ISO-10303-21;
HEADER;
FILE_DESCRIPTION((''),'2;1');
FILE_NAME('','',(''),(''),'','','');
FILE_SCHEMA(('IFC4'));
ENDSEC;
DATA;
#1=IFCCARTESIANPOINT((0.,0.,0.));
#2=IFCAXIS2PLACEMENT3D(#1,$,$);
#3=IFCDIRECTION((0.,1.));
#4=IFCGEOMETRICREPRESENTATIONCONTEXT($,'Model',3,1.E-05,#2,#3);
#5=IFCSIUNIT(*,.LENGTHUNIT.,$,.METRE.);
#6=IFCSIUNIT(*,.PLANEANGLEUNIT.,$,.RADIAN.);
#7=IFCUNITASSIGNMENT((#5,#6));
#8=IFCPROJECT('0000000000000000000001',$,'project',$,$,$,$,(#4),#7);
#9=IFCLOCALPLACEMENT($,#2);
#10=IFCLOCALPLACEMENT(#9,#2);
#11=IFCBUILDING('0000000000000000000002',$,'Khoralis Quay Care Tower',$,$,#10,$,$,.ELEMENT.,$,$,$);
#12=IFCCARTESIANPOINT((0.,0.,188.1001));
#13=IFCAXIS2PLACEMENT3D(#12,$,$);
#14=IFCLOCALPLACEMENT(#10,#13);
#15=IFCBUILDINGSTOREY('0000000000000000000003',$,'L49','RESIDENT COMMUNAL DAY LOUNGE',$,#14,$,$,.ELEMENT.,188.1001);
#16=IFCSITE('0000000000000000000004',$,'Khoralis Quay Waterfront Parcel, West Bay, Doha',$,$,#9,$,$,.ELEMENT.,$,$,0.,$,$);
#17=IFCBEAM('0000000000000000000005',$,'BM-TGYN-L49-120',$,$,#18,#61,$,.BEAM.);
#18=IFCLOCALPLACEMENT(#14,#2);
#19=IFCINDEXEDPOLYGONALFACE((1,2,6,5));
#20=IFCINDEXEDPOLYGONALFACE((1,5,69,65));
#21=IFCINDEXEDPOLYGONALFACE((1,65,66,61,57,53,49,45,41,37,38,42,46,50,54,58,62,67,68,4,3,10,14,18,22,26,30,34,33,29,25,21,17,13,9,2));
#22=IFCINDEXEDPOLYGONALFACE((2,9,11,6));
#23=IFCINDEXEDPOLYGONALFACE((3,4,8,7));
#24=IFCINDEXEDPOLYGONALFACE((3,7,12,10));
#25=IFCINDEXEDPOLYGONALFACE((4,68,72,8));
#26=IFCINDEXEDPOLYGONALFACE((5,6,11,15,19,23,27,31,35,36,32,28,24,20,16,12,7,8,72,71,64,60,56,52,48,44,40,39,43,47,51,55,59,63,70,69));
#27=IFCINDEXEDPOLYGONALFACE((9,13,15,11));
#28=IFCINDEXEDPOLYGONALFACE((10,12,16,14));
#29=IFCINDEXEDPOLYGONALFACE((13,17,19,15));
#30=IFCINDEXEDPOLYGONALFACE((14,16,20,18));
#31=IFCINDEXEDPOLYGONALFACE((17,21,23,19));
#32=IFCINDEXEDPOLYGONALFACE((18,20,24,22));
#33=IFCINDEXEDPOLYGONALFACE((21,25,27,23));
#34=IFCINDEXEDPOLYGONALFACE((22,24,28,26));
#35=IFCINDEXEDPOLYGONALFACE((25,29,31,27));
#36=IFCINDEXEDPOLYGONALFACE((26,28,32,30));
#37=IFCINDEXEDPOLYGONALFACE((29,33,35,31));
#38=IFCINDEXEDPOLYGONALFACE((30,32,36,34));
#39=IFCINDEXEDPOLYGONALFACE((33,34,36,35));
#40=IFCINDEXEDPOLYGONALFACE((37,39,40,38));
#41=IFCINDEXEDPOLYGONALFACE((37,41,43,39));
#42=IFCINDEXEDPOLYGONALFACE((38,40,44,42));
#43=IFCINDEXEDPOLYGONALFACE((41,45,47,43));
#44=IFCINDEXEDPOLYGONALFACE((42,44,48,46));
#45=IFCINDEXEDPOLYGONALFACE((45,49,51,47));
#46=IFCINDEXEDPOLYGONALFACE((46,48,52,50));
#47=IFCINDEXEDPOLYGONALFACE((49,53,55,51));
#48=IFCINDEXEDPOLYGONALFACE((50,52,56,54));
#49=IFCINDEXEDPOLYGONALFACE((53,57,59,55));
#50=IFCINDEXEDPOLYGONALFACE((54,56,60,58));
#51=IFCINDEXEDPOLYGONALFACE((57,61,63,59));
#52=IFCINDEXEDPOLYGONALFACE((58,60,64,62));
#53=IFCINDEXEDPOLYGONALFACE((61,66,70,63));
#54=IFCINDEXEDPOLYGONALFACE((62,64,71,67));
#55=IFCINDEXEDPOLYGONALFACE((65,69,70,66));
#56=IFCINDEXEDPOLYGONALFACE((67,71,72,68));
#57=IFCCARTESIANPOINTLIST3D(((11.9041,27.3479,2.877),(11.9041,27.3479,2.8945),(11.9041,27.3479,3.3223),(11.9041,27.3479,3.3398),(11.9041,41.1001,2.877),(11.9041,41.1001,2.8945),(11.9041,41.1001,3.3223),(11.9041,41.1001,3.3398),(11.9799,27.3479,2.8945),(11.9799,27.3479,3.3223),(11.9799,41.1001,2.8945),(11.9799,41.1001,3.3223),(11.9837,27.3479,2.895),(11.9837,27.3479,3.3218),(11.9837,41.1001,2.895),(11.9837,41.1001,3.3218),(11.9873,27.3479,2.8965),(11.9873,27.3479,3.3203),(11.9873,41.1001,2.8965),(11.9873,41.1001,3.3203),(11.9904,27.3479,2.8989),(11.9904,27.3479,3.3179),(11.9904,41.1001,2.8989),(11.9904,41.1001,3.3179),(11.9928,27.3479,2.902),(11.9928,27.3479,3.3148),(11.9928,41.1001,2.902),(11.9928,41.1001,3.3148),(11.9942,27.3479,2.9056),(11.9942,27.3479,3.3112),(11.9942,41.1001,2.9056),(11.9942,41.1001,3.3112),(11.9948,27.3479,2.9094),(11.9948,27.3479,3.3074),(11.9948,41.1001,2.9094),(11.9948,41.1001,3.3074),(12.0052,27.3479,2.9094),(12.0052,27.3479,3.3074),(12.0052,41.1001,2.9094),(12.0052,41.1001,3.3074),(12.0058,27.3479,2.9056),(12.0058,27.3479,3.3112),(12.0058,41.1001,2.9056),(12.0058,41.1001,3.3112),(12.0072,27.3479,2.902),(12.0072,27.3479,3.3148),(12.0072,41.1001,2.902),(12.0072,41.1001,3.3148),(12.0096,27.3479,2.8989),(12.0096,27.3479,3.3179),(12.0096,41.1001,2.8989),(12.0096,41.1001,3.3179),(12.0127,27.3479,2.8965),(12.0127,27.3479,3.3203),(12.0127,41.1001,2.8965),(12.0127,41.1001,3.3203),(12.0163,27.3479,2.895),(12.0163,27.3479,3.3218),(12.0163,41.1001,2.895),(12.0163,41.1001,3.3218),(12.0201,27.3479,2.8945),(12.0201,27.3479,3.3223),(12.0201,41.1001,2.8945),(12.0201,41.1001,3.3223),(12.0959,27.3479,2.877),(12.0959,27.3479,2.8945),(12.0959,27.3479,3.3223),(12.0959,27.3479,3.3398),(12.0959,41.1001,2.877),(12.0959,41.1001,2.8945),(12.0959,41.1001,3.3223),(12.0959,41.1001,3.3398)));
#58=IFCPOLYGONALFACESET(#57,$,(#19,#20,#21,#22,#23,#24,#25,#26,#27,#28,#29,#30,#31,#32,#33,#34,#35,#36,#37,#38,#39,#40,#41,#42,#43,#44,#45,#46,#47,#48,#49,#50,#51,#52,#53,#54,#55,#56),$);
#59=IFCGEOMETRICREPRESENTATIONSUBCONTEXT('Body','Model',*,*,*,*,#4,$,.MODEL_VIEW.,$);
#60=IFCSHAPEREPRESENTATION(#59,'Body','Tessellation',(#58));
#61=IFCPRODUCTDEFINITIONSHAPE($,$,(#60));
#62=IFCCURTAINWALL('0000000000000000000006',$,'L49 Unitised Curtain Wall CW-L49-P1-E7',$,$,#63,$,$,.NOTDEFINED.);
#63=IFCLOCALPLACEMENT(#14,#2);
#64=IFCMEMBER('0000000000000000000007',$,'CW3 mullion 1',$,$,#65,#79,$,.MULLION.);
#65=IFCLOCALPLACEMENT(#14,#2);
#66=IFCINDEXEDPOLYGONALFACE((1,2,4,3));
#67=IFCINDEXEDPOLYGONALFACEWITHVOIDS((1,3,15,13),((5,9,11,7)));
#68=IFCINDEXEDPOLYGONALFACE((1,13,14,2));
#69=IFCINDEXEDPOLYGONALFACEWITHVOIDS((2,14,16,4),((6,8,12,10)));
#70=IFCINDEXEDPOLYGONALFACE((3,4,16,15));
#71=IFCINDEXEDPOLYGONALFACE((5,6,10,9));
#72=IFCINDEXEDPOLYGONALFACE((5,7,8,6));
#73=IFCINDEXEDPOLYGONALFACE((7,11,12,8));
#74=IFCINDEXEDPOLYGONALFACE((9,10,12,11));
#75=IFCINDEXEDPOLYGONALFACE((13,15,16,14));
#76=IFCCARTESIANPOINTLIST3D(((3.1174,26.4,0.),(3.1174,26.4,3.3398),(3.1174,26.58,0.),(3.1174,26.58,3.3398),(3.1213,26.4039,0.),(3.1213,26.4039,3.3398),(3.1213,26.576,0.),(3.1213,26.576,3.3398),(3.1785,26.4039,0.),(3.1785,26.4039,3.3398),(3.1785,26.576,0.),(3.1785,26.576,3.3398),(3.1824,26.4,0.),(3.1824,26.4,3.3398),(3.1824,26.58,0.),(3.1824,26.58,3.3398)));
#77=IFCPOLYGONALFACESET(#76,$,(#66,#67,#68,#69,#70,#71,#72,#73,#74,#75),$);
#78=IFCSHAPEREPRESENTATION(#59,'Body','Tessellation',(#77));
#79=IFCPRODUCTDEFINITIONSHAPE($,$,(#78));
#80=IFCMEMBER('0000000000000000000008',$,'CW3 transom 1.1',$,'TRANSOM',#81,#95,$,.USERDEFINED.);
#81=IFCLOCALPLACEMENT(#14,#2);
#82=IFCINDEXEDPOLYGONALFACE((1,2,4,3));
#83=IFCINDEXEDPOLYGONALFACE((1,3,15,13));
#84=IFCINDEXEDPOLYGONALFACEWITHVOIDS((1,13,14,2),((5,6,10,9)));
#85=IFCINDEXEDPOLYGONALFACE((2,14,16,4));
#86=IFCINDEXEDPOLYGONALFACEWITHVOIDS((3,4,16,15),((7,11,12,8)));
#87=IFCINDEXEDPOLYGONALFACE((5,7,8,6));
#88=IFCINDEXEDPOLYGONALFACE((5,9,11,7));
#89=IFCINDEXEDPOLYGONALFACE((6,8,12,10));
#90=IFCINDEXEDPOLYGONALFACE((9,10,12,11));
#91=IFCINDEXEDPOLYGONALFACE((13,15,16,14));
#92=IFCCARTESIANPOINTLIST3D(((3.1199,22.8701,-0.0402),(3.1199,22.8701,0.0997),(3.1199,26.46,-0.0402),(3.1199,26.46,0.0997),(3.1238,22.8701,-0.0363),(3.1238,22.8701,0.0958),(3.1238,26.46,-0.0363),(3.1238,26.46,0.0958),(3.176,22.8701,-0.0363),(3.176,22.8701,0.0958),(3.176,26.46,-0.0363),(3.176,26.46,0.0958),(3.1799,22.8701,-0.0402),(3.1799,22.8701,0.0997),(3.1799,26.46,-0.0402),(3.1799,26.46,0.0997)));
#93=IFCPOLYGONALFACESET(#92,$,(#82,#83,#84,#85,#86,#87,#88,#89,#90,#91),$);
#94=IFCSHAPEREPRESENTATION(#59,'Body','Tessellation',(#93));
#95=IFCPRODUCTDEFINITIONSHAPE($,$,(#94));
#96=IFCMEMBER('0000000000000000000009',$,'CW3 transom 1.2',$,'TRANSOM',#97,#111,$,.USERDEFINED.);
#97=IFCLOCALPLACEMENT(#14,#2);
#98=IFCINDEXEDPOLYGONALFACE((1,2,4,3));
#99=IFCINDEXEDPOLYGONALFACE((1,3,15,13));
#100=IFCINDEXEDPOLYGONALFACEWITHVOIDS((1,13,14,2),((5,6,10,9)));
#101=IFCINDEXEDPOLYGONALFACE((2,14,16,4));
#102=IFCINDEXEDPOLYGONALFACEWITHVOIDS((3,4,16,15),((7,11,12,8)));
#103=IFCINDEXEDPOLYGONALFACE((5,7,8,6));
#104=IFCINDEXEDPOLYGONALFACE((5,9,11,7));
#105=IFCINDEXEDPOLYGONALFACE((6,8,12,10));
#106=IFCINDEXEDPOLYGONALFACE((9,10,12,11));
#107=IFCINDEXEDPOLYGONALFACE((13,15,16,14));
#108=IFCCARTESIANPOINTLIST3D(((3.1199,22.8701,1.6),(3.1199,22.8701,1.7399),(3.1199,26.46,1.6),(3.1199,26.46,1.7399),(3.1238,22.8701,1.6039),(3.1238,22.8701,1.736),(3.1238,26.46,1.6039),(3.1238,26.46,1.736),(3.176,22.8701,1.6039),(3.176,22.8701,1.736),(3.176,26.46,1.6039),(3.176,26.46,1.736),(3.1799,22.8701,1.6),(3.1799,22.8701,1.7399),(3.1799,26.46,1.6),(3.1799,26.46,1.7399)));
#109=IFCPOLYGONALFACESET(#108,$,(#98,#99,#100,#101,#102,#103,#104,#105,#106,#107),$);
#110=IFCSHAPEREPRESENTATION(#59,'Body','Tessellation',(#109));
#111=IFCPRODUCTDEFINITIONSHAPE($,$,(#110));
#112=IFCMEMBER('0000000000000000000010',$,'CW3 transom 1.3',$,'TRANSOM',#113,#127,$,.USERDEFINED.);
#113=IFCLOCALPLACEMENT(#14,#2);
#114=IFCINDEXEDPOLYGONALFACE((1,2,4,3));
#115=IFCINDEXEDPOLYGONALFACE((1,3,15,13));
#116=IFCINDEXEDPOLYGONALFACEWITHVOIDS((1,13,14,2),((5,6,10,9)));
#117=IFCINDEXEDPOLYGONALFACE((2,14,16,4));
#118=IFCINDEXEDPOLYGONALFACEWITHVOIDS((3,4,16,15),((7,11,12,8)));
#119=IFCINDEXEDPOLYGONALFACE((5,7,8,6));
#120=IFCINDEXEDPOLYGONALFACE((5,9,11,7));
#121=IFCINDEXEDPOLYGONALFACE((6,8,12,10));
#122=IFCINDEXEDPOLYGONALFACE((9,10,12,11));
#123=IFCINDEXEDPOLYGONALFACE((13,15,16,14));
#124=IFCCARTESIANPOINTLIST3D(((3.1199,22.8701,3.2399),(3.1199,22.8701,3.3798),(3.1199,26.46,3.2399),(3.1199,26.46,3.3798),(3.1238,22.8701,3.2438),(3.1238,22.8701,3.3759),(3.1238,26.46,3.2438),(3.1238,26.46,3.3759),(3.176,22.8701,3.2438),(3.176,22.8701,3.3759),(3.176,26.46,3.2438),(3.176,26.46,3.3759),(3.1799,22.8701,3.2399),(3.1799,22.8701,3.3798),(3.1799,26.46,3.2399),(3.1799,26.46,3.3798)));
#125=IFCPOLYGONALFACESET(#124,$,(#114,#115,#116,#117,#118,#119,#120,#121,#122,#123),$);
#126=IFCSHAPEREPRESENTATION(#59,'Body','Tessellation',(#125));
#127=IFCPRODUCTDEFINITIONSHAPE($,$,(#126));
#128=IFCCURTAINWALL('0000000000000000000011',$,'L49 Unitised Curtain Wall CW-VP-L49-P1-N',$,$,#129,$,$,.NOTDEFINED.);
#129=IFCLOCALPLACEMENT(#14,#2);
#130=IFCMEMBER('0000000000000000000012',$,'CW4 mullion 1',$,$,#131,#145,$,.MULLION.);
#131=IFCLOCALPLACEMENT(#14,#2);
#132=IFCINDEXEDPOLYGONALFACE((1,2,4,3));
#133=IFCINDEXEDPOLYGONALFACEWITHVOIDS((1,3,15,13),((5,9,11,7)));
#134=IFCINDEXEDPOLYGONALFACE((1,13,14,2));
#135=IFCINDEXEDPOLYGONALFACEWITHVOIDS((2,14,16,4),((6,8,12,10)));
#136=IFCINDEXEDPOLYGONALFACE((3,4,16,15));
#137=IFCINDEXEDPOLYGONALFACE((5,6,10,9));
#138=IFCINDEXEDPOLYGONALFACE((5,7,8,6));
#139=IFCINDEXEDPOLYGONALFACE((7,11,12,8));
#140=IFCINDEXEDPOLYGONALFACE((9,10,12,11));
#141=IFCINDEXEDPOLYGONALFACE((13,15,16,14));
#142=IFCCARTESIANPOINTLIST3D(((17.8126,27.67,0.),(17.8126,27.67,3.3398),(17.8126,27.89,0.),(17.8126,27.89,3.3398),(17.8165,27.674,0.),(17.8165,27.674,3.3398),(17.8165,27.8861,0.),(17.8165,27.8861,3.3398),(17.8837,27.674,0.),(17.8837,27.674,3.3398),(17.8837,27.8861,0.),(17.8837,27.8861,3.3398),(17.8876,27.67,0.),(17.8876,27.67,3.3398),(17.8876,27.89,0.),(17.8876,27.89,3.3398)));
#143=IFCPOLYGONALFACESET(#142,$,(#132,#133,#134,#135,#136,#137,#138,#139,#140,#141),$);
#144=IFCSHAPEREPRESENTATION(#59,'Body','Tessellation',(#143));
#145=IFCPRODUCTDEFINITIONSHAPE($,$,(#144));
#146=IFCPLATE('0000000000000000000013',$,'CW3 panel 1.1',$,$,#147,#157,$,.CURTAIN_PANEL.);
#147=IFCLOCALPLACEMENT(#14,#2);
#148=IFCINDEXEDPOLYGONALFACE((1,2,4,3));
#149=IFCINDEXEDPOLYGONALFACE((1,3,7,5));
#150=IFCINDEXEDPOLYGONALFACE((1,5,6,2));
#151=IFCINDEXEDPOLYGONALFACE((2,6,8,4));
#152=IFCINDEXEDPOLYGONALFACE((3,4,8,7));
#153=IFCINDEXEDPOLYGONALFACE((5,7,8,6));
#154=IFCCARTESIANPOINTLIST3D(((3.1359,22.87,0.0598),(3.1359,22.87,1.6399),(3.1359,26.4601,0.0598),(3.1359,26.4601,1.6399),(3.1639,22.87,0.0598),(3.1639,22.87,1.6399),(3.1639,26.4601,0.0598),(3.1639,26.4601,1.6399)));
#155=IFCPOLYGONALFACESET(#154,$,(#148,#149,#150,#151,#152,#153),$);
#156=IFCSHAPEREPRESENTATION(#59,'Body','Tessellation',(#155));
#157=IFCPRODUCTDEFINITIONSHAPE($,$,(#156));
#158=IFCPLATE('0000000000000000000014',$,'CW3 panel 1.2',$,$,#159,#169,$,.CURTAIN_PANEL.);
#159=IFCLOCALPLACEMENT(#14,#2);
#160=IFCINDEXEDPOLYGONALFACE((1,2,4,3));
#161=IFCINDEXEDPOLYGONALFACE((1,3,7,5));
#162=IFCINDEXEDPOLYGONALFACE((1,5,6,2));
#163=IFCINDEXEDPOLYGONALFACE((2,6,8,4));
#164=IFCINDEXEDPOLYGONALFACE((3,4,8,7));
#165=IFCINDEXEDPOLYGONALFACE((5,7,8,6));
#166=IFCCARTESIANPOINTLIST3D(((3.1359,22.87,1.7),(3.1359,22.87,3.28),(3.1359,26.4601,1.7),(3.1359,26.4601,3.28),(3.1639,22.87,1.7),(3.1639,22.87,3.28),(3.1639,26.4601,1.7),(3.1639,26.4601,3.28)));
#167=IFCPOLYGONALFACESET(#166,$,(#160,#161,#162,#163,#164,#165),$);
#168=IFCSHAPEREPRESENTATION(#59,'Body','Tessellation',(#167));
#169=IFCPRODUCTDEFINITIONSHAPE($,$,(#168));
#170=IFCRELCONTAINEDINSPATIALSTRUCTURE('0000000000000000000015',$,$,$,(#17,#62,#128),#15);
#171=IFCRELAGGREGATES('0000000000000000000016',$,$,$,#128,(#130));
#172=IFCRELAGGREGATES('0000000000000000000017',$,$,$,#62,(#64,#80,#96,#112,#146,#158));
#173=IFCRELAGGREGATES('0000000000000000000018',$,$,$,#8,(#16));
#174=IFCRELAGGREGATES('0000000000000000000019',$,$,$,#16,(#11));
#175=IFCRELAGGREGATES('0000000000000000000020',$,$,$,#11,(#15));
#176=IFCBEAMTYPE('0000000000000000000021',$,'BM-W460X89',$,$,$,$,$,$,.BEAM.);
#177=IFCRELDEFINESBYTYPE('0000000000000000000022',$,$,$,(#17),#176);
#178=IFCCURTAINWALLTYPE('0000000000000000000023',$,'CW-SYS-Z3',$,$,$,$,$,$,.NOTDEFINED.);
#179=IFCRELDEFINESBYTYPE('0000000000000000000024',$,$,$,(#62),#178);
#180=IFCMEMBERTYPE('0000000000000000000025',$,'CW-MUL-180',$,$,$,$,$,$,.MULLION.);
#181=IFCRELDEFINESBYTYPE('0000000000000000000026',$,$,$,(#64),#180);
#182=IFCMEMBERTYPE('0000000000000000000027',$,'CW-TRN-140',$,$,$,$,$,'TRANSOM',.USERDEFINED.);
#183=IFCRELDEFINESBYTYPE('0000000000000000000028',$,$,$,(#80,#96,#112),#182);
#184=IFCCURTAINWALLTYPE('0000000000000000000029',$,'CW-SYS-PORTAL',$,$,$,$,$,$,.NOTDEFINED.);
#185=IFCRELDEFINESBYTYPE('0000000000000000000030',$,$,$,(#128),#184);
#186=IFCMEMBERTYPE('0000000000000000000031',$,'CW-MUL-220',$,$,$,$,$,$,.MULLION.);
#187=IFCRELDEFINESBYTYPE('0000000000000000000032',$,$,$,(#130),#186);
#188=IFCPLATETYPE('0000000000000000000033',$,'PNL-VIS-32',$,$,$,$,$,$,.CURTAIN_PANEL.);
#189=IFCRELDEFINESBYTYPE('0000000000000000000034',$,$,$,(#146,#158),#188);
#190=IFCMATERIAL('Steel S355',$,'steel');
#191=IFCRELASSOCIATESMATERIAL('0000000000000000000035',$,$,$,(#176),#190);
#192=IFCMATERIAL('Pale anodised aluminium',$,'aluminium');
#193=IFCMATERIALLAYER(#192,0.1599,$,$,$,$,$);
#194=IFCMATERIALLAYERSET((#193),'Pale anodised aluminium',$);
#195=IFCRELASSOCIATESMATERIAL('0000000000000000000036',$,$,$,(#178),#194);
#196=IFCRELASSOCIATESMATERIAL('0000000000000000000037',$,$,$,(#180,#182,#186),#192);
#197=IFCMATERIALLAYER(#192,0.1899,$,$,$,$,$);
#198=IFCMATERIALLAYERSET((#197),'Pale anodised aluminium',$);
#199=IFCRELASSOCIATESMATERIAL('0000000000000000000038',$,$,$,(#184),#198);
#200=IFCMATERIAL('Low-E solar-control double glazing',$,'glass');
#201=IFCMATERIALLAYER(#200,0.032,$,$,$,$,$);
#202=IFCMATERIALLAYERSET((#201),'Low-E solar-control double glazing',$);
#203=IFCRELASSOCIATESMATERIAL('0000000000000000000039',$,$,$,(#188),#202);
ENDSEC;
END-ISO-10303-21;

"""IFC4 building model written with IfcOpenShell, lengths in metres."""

from ifc_helpers import new_model, si_unit, direction, frame, origin, origin_2d, place, context, subcontext, project, spatial, rectangle, hollow_rectangle, i_section, extrude, source, transform, mapped, material, layer, layer_set, material_profile, profile_set, type_object, element, aggregate, save


model = new_model("IFC4")

# Units and contexts
model_context = context("Model", 3, precision=1e-05, world=origin(), true_north=direction((0.0, 1.0)))
body_context = subcontext(model_context, "Body", "Model", "MODEL_VIEW")
ifc_project = project(units=[si_unit("LENGTHUNIT", "METRE"), si_unit("PLANEANGLEUNIT", "RADIAN")], contexts=[model_context])

# Site, building, storey
site_placement = place(None, origin())
site = spatial("IfcSite", under=ifc_project, at=site_placement, Name="Khoralis Quay Waterfront Parcel, West Bay, Doha", CompositionType="ELEMENT", RefElevation=0.0)
building_placement = place(site_placement, origin())
building = spatial("IfcBuilding", under=site, at=building_placement, Name="Khoralis Quay Care Tower", CompositionType="ELEMENT")
storey_placement = place(building_placement, frame((0.0, 0.0, 188.1001)))
storey = spatial("IfcBuildingStorey", under=building, at=storey_placement, Name="L49", Description="RESIDENT COMMUNAL DAY LOUNGE", CompositionType="ELEMENT", Elevation=188.1001)

# Beam
ifc_material_1 = material(Name="Steel S355", Category="steel")
ifc_material_profile_1 = material_profile(ifc_material_1, i_section(OverallWidth=0.1919, OverallDepth=0.4629, WebThickness=0.0105, FlangeThickness=0.0176, FilletRadius=0.0149, at=origin_2d()), Name="Steel S355")
ifc_profile_set_1 = profile_set([ifc_material_profile_1], Name="Steel S355")
beam_type_1 = type_object("IfcBeamType", Name="BM-W460X89", PredefinedType="BEAM", material=ifc_profile_set_1)
shared_shape_1 = source(origin(), body_context, "Body", "SweptSolid", [
    extrude(i_section(OverallWidth=0.1919, OverallDepth=0.4629, WebThickness=0.0105, FlangeThickness=0.0176, FilletRadius=0.0149, at=origin_2d()), origin(), (0.0, 0.0, 1.0), 13.7522),
])
beam_1_placement = place(storey_placement, frame((12.0, 27.3479, 3.1084), z_axis=(0.0, 1.0, 0.0), x_axis=(-1.0, 0.0, 0.0)))
element("IfcBeam", 1, at=beam_1_placement, inside=storey, type_object=beam_type_1, Name="BM-TGYN-L49-120", PredefinedType="BEAM", context=body_context, shape_type="MappedRepresentation", body=[
    mapped(shared_shape_1, transform((0.0, 0.0, 0.0), scale=1.0)),
])

# Curtain wall, members
ifc_material_2 = material(Name="Pale anodised aluminium", Category="aluminium")
ifc_layer_1 = layer(ifc_material_2, 0.1599)
ifc_layer_set_1 = layer_set([ifc_layer_1], Name="Pale anodised aluminium")
curtain_wall_type_1 = type_object("IfcCurtainWallType", Name="CW-SYS-Z3", PredefinedType="NOTDEFINED", material=ifc_layer_set_1)
curtain_wall_1_placement = place(storey_placement, origin())
curtain_wall_1 = element("IfcCurtainWall", 2, at=curtain_wall_1_placement, inside=storey, type_object=curtain_wall_type_1, Name="L49 Unitised Curtain Wall CW-L49-P1-E7", PredefinedType="NOTDEFINED")
ifc_material_profile_2 = material_profile(ifc_material_2, hollow_rectangle(XDim=0.0649, YDim=0.1799, WallThickness=0.0039, at=origin_2d()), Name="Pale anodised aluminium")
ifc_profile_set_2 = profile_set([ifc_material_profile_2], Name="Pale anodised aluminium")
member_type_1 = type_object("IfcMemberType", Name="CW-MUL-180", PredefinedType="MULLION", material=ifc_profile_set_2)
shared_shape_2 = source(origin(), body_context, "Body", "SweptSolid", [
    extrude(hollow_rectangle(XDim=0.0649, YDim=0.1799, WallThickness=0.0039, at=origin_2d()), origin(), (0.0, 0.0, 1.0), 3.3398),
])
member_1_placement = place(storey_placement, frame((3.1499, 26.49, 0.0), z_axis=(0.0, 0.0, 1.0), x_axis=(1.0, 0.0, 0.0)))
member_1 = element("IfcMember", 3, at=member_1_placement, type_object=member_type_1, Name="CW3 mullion 1", PredefinedType="MULLION", context=body_context, shape_type="MappedRepresentation", body=[
    mapped(shared_shape_2, transform((0.0, 0.0, 0.0), scale=1.0)),
])
ifc_material_profile_3 = material_profile(ifc_material_2, hollow_rectangle(XDim=0.0601, YDim=0.1399, WallThickness=0.0039, at=origin_2d()), Name="Pale anodised aluminium")
ifc_profile_set_3 = profile_set([ifc_material_profile_3], Name="Pale anodised aluminium")
member_type_2 = type_object("IfcMemberType", Name="CW-TRN-140", ElementType="TRANSOM", PredefinedType="USERDEFINED", material=ifc_profile_set_3)
shared_shape_3 = source(origin(), body_context, "Body", "SweptSolid", [
    extrude(hollow_rectangle(XDim=0.0601, YDim=0.1399, WallThickness=0.0039, at=origin_2d()), origin(), (0.0, 0.0, 1.0), 3.5898),
])
member_2_placement = place(storey_placement, frame((3.1499, 26.46, 0.0298), z_axis=(0.0, -1.0, 0.0), x_axis=(1.0, 0.0, 0.0)))
member_2 = element("IfcMember", 4, at=member_2_placement, type_object=member_type_2, Name="CW3 transom 1.1", ObjectType="TRANSOM", PredefinedType="USERDEFINED", context=body_context, shape_type="MappedRepresentation", body=[
    mapped(shared_shape_3, transform((0.0, 0.0, 0.0), scale=1.0)),
])
member_3_placement = place(storey_placement, frame((3.1499, 26.46, 1.6699), z_axis=(0.0, -1.0, 0.0), x_axis=(1.0, 0.0, 0.0)))
member_3 = element("IfcMember", 5, at=member_3_placement, type_object=member_type_2, Name="CW3 transom 1.2", ObjectType="TRANSOM", PredefinedType="USERDEFINED", context=body_context, shape_type="MappedRepresentation", body=[
    mapped(shared_shape_3, transform((0.0, 0.0, 0.0), scale=1.0)),
])
member_4_placement = place(storey_placement, frame((3.1499, 26.46, 3.3098), z_axis=(0.0, -1.0, 0.0), x_axis=(1.0, 0.0, 0.0)))
member_4 = element("IfcMember", 6, at=member_4_placement, type_object=member_type_2, Name="CW3 transom 1.3", ObjectType="TRANSOM", PredefinedType="USERDEFINED", context=body_context, shape_type="MappedRepresentation", body=[
    mapped(shared_shape_3, transform((0.0, 0.0, 0.0), scale=1.0)),
])

# Curtain wall, member
ifc_layer_2 = layer(ifc_material_2, 0.1899)
ifc_layer_set_2 = layer_set([ifc_layer_2], Name="Pale anodised aluminium")
curtain_wall_type_2 = type_object("IfcCurtainWallType", Name="CW-SYS-PORTAL", PredefinedType="NOTDEFINED", material=ifc_layer_set_2)
curtain_wall_2_placement = place(storey_placement, origin())
curtain_wall_2 = element("IfcCurtainWall", 7, at=curtain_wall_2_placement, inside=storey, type_object=curtain_wall_type_2, Name="L49 Unitised Curtain Wall CW-VP-L49-P1-N", PredefinedType="NOTDEFINED")
ifc_material_profile_4 = material_profile(ifc_material_2, hollow_rectangle(XDim=0.075, YDim=0.22, WallThickness=0.0039, at=origin_2d()), Name="Pale anodised aluminium")
ifc_profile_set_4 = profile_set([ifc_material_profile_4], Name="Pale anodised aluminium")
member_type_3 = type_object("IfcMemberType", Name="CW-MUL-220", PredefinedType="MULLION", material=ifc_profile_set_4)
shared_shape_4 = source(origin(), body_context, "Body", "SweptSolid", [
    extrude(hollow_rectangle(XDim=0.075, YDim=0.22, WallThickness=0.0039, at=origin_2d()), origin(), (0.0, 0.0, 1.0), 3.3398),
])
member_5_placement = place(storey_placement, frame((17.8501, 27.78, 0.0), z_axis=(0.0, 0.0, 1.0), x_axis=(-1.0, 0.0, 0.0)))
member_5 = element("IfcMember", 8, at=member_5_placement, type_object=member_type_3, Name="CW4 mullion 1", PredefinedType="MULLION", context=body_context, shape_type="MappedRepresentation", body=[
    mapped(shared_shape_4, transform((0.0, 0.0, 0.0), scale=1.0)),
])
aggregate(curtain_wall_2, [member_5])

# Plates
ifc_material_3 = material(Name="Low-E solar-control double glazing", Category="glass")
ifc_layer_3 = layer(ifc_material_3, 0.032)
ifc_layer_set_3 = layer_set([ifc_layer_3], Name="Low-E solar-control double glazing")
plate_type = type_object("IfcPlateType", Name="PNL-VIS-32", PredefinedType="CURTAIN_PANEL", material=ifc_layer_set_3)
shared_shape_5 = source(origin(), body_context, "Body", "SweptSolid", [
    extrude(rectangle(XDim=3.5901, YDim=0.0281, at=origin_2d()), origin(), (0.0, 0.0, 1.0), 1.5801),
])
plate_1_placement = place(storey_placement, frame((3.1499, 24.665, 0.0598), z_axis=(0.0, 0.0, 1.0), x_axis=(0.0, -1.0, 0.0)))
plate_1 = element("IfcPlate", 9, at=plate_1_placement, type_object=plate_type, Name="CW3 panel 1.1", PredefinedType="CURTAIN_PANEL", context=body_context, shape_type="MappedRepresentation", body=[
    mapped(shared_shape_5, transform((0.0, 0.0, 0.0), scale=1.0)),
])
plate_2_placement = place(storey_placement, frame((3.1499, 24.665, 1.7), z_axis=(0.0, 0.0, 1.0), x_axis=(0.0, -1.0, 0.0)))
plate_2 = element("IfcPlate", 10, at=plate_2_placement, type_object=plate_type, Name="CW3 panel 1.2", PredefinedType="CURTAIN_PANEL", context=body_context, shape_type="MappedRepresentation", body=[
    mapped(shared_shape_5, transform((0.0, 0.0, 0.0), scale=1.0)),
])
aggregate(curtain_wall_1, [member_1, member_2, member_3, member_4, plate_1, plate_2])

save(model, "model.ifc")
